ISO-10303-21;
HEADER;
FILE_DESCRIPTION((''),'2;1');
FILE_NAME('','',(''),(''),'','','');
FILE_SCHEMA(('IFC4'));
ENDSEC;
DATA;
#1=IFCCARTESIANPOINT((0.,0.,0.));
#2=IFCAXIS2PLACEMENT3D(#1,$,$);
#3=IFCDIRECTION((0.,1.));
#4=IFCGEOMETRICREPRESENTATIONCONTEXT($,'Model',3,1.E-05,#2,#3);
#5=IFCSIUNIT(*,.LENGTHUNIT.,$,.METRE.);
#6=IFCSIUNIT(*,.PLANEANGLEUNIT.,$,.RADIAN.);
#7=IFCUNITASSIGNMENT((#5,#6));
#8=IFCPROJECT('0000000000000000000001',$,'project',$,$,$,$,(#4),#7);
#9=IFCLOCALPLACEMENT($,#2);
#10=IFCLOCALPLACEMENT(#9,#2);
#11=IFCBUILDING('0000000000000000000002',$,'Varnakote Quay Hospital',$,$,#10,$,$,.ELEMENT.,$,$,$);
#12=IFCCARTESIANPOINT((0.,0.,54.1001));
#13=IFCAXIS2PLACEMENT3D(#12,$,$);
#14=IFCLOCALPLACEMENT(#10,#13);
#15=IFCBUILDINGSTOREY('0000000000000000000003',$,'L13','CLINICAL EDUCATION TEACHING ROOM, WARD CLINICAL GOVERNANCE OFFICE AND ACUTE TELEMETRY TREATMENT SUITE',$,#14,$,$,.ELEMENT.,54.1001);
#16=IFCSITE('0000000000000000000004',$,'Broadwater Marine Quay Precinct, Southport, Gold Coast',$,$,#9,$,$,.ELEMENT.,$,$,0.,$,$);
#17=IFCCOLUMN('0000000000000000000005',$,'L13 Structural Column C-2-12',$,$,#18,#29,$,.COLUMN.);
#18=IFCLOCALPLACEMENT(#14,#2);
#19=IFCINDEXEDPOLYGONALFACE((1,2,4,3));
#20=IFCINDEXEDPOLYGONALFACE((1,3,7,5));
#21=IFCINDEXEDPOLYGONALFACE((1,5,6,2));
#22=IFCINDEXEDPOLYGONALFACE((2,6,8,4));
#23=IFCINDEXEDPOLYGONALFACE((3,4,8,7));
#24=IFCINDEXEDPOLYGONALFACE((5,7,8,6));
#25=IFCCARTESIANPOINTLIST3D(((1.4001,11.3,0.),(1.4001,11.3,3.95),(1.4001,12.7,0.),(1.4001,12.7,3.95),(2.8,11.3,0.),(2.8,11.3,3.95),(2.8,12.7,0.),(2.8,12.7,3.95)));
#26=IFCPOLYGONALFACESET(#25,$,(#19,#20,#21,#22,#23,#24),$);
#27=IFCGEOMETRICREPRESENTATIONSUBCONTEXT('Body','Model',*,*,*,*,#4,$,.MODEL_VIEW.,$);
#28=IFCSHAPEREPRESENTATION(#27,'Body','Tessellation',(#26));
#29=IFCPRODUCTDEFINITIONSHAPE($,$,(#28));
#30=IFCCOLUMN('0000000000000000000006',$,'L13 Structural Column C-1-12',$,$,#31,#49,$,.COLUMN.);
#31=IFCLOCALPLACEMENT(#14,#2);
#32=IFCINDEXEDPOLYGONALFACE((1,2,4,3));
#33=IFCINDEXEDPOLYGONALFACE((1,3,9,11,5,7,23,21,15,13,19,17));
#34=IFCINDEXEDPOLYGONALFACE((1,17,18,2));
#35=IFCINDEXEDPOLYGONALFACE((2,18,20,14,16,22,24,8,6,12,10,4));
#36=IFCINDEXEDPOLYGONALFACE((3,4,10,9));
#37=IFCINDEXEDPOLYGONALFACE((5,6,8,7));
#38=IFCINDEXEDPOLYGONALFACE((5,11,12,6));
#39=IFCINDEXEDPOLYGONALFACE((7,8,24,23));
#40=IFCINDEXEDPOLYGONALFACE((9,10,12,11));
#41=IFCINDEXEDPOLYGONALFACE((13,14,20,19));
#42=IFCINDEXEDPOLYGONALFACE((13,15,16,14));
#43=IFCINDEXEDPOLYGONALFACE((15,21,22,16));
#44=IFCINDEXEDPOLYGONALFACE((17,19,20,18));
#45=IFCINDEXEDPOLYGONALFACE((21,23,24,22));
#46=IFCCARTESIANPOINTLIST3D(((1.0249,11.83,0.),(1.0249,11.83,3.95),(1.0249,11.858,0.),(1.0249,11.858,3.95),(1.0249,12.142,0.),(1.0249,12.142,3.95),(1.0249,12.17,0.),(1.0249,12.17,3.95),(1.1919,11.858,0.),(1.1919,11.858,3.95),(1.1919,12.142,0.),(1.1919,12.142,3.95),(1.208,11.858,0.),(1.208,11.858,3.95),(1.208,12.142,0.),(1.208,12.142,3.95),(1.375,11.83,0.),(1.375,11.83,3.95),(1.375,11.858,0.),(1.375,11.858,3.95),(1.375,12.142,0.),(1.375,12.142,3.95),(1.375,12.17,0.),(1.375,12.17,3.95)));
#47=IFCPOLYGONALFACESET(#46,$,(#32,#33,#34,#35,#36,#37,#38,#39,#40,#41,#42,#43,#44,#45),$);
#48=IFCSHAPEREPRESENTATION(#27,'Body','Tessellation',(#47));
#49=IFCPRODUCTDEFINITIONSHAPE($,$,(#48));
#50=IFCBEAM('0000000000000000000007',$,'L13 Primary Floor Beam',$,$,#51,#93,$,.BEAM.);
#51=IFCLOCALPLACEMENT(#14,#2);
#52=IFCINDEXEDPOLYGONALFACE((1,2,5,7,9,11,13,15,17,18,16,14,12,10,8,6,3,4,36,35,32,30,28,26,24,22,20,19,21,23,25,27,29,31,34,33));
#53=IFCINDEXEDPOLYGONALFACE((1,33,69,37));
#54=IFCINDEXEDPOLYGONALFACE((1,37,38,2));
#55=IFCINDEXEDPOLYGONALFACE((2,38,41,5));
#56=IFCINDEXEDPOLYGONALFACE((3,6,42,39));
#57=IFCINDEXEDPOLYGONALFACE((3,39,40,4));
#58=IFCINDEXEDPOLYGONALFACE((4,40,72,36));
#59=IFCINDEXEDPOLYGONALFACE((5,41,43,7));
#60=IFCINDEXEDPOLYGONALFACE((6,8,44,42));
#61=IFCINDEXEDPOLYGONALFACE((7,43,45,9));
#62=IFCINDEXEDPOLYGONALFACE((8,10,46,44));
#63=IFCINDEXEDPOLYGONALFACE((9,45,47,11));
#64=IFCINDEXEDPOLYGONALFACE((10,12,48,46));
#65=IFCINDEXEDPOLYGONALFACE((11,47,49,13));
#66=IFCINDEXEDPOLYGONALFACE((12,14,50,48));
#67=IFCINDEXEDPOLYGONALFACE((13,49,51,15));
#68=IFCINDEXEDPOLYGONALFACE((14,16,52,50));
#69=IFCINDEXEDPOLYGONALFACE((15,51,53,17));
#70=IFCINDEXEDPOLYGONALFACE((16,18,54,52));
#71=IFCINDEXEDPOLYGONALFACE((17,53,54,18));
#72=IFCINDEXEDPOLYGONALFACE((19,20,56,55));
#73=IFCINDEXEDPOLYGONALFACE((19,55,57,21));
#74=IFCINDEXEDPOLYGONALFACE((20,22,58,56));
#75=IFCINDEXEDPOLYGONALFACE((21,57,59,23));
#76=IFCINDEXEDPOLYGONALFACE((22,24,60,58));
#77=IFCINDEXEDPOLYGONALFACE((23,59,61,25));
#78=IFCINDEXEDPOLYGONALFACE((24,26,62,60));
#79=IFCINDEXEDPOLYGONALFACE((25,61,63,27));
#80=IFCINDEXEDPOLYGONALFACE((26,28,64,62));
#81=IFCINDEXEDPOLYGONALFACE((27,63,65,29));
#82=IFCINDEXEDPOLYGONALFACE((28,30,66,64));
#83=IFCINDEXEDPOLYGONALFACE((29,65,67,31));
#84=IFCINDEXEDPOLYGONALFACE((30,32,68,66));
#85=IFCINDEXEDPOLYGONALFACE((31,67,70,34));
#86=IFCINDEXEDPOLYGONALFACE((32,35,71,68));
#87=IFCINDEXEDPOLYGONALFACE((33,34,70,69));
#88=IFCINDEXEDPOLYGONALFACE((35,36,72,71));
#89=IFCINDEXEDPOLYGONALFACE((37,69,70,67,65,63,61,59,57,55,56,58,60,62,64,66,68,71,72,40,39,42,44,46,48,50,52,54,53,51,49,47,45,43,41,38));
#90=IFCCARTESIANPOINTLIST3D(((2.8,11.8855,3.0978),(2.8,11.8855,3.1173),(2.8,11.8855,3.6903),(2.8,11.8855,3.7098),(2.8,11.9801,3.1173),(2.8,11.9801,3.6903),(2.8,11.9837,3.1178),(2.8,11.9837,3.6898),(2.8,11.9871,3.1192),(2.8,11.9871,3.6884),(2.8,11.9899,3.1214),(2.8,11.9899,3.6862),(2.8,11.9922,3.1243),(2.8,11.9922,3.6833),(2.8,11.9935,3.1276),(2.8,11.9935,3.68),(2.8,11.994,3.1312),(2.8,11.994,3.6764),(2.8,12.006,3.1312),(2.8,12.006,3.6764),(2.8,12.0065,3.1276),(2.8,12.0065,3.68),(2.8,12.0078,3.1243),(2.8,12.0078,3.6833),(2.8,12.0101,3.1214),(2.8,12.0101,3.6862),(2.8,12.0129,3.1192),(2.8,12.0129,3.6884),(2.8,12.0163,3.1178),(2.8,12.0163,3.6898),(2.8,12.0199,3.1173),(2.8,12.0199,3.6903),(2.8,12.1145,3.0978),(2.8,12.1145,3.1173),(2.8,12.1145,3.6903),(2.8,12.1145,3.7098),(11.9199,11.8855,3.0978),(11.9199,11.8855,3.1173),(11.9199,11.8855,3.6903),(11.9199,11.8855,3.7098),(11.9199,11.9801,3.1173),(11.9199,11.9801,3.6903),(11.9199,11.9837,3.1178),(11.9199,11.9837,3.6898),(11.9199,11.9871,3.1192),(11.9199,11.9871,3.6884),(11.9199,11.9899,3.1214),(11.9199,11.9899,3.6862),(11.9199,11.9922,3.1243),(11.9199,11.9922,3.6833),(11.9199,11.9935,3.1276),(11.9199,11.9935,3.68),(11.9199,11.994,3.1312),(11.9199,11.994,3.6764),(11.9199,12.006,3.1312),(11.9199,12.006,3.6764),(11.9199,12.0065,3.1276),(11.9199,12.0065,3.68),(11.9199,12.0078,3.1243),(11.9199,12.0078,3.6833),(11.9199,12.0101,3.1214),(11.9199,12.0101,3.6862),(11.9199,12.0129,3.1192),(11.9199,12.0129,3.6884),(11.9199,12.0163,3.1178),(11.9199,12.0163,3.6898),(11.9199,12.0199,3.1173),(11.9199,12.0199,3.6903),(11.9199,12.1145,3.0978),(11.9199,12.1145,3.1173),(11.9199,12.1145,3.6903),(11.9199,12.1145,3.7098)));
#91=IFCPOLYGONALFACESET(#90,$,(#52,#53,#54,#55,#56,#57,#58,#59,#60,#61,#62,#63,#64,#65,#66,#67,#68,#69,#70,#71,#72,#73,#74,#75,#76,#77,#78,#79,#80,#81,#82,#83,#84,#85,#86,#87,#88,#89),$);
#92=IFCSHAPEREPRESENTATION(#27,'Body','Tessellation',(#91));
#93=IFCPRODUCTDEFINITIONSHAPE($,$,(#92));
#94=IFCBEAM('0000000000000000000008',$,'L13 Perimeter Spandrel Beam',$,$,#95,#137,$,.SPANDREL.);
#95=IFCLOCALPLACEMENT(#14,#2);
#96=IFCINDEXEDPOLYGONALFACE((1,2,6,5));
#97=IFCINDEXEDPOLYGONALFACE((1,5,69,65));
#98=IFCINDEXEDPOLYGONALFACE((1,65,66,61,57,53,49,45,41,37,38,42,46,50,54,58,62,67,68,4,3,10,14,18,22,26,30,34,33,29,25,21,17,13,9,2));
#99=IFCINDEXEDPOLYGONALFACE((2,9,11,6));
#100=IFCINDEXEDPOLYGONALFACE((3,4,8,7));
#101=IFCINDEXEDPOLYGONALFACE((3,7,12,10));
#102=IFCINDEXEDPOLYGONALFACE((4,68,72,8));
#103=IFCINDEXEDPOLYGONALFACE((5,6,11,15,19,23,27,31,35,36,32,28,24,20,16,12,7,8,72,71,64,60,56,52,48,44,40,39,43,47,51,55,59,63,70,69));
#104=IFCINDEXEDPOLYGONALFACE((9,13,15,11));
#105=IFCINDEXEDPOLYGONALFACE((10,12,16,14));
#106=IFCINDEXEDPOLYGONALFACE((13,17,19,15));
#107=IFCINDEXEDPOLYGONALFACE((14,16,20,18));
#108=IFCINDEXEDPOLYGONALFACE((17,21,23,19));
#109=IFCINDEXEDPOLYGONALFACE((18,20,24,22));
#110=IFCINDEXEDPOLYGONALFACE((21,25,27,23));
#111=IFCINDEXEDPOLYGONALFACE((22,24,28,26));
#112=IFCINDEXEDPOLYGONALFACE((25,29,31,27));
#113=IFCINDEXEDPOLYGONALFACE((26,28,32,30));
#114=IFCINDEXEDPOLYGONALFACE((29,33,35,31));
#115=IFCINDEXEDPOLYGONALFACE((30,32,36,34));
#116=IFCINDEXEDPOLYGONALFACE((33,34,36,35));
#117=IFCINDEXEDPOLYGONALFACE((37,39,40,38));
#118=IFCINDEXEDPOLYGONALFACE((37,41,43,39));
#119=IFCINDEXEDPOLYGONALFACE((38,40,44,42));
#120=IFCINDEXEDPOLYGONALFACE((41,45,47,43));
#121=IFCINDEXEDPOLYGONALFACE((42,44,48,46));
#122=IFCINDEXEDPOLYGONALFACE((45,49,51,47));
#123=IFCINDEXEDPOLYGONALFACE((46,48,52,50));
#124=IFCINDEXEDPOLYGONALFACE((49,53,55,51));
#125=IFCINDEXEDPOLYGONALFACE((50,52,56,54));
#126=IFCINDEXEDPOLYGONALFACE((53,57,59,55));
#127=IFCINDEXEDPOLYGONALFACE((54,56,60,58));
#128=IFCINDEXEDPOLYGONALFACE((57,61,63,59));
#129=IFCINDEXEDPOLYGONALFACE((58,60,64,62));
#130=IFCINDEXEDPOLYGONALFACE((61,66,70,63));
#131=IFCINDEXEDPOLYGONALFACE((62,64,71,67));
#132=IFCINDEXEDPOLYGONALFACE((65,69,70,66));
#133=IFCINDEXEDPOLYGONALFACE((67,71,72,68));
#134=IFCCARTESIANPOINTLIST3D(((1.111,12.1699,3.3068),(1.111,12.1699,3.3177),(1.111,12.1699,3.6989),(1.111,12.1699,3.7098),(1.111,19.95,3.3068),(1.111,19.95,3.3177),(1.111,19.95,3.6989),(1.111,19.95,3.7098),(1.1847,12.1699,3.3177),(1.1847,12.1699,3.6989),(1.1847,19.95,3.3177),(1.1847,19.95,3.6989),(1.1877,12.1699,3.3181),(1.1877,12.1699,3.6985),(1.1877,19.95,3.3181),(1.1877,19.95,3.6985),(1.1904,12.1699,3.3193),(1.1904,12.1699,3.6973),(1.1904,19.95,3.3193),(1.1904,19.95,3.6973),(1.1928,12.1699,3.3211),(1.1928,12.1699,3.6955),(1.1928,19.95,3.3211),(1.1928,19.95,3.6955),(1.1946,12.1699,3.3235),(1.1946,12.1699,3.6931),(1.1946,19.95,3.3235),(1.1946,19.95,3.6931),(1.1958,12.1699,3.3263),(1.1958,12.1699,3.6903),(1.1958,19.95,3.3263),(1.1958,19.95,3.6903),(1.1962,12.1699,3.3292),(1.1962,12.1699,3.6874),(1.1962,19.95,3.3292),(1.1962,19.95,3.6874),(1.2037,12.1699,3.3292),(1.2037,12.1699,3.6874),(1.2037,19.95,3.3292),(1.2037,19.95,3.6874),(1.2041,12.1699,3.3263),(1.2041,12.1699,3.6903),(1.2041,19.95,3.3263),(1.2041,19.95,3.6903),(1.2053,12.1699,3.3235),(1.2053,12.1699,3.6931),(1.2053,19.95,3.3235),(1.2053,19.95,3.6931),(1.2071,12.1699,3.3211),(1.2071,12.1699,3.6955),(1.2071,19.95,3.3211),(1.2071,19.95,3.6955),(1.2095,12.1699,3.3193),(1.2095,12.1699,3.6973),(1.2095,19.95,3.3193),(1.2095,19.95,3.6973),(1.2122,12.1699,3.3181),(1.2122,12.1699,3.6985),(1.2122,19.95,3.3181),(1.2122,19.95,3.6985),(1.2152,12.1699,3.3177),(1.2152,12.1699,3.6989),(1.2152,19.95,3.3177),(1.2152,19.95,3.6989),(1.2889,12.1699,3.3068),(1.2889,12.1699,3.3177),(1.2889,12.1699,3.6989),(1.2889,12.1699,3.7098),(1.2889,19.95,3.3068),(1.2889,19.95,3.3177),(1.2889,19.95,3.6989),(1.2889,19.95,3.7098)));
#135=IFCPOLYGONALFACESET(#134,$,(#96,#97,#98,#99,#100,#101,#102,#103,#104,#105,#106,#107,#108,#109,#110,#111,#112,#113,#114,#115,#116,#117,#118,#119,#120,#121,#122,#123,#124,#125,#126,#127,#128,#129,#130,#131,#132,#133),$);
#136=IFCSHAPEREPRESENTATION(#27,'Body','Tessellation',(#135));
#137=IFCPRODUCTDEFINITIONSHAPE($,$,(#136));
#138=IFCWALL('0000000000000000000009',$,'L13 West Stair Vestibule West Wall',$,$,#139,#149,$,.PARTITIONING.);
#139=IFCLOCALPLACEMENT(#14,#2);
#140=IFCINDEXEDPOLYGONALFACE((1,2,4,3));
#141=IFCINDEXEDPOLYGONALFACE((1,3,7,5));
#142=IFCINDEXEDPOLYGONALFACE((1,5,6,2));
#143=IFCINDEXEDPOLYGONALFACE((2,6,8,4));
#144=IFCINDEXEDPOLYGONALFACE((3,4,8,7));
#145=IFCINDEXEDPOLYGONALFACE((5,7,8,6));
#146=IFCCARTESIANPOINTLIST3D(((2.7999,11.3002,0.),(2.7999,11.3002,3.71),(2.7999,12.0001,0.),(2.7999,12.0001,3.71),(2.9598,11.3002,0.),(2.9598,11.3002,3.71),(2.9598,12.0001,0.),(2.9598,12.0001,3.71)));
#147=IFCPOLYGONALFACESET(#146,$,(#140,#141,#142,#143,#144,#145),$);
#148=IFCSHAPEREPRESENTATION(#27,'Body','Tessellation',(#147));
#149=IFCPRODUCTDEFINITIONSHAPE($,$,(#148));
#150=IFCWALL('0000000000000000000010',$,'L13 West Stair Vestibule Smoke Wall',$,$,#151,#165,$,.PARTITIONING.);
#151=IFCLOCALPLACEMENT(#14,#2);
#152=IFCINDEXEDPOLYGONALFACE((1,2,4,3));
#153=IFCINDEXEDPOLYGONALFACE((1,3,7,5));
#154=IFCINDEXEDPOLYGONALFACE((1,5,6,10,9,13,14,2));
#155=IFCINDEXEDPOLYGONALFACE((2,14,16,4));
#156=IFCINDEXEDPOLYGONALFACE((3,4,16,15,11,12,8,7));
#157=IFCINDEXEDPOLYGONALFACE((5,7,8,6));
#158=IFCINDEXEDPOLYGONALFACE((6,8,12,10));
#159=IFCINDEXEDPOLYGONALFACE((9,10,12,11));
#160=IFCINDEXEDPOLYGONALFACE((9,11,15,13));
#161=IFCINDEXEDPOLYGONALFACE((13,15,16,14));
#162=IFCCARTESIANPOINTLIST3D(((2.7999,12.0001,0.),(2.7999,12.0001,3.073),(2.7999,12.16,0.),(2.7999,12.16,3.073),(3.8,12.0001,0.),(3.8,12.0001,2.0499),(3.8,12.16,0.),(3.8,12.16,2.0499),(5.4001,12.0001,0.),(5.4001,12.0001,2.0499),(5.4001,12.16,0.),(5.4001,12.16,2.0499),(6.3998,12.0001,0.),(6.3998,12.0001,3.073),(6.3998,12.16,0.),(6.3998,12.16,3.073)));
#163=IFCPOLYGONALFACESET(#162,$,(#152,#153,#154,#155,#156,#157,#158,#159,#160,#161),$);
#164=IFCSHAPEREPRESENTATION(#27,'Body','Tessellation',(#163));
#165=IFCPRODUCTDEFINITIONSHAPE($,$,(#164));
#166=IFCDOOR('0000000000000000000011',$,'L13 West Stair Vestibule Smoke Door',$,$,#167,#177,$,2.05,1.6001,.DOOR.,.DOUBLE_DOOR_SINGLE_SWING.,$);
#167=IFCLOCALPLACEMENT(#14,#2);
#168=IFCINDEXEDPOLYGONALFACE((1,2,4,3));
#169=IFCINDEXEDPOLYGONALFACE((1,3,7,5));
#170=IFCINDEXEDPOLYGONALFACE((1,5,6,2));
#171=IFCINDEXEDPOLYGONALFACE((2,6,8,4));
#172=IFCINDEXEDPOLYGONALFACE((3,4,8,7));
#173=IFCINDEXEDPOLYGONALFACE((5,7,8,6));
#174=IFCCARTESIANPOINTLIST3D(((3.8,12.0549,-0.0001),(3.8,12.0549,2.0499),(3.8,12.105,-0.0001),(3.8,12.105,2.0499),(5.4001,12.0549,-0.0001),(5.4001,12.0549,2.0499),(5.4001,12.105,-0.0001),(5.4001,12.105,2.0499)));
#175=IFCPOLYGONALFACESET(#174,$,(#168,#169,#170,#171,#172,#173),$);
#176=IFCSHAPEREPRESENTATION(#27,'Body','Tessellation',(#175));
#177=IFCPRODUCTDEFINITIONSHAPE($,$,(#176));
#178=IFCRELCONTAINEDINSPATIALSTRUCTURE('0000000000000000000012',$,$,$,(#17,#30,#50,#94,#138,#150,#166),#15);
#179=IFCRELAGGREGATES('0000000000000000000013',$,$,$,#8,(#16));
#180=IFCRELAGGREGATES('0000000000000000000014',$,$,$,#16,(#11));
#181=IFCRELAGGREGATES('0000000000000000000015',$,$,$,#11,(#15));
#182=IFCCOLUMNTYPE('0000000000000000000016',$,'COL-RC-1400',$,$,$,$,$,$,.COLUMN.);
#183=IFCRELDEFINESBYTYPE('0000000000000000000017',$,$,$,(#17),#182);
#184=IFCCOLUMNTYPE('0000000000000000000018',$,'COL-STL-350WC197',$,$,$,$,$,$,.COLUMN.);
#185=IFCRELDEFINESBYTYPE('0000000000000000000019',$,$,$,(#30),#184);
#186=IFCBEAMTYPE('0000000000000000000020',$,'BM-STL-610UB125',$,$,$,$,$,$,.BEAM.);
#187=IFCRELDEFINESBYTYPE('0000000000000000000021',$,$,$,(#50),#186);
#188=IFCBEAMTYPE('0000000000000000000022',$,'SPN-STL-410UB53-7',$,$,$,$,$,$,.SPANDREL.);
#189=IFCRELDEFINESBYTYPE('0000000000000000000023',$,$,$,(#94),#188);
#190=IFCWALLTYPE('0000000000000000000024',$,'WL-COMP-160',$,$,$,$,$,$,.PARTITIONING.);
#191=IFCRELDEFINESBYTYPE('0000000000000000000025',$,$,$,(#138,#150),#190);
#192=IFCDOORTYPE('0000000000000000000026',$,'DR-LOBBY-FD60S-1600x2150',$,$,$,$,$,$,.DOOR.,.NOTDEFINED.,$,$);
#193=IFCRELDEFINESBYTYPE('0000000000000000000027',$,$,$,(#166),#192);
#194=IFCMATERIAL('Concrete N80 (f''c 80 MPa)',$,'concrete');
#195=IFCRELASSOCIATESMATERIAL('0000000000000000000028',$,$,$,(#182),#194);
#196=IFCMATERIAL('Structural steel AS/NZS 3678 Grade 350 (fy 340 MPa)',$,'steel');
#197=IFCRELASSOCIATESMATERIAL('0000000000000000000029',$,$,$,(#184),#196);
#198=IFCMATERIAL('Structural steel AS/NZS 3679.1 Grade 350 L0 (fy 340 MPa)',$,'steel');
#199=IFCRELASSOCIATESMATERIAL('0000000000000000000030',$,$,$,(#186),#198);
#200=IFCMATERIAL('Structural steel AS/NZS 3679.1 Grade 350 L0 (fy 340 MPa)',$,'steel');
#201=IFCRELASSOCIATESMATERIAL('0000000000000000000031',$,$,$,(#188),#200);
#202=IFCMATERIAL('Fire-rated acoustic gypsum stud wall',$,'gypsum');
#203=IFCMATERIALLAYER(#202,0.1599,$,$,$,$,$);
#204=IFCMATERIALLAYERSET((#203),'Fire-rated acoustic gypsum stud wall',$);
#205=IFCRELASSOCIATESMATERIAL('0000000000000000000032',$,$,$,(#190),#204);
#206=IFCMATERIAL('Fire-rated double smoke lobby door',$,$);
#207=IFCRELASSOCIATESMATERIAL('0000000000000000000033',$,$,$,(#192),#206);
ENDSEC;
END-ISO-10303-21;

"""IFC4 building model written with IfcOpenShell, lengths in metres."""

from ifc_helpers import new_model, si_unit, direction, frame, frame_2d, origin, origin_2d, place, context, subcontext, project, spatial, rectangle, i_section, extrude, material, layer, layer_set, material_profile, profile_set, type_object, element, fill, save


model = new_model("IFC4")

# Units and contexts
model_context = context("Model", 3, precision=1e-05, world=origin(), true_north=direction((0.0, 1.0)))
body_context = subcontext(model_context, "Body", "Model", "MODEL_VIEW")
ifc_project = project(units=[si_unit("LENGTHUNIT", "METRE"), si_unit("PLANEANGLEUNIT", "RADIAN")], contexts=[model_context])

# Site, building, storey
site_placement = place(None, origin())
site = spatial("IfcSite", under=ifc_project, at=site_placement, Name="Broadwater Marine Quay Precinct, Southport, Gold Coast", CompositionType="ELEMENT", RefElevation=0.0)
building_placement = place(site_placement, origin())
building = spatial("IfcBuilding", under=site, at=building_placement, Name="Varnakote Quay Hospital", CompositionType="ELEMENT")
storey_placement = place(building_placement, frame((0.0, 0.0, 54.1001)))
storey = spatial("IfcBuildingStorey", under=building, at=storey_placement, Name="L13", Description="CLINICAL EDUCATION TEACHING ROOM, WARD CLINICAL GOVERNANCE OFFICE AND ACUTE TELEMETRY TREATMENT SUITE", CompositionType="ELEMENT", Elevation=54.1001)

# Columns
ifc_material_1 = material(Name="Concrete N80 (f'c 80 MPa)", Category="concrete")
ifc_material_profile_1 = material_profile(ifc_material_1, rectangle(XDim=1.3999, YDim=1.3999, at=origin_2d()), Name="RC-COL-1400x1400")
ifc_profile_set_1 = profile_set([ifc_material_profile_1], Name="Concrete N80 (f'c 80 MPa)")
column_type_1 = type_object("IfcColumnType", Name="COL-RC-1400", PredefinedType="COLUMN", material=ifc_profile_set_1)
column_1_placement = place(storey_placement, frame((2.1001, 12.0, 0.0), z_axis=(0.0, 0.0, 1.0), x_axis=(1.0, 0.0, 0.0)))
element("IfcColumn", 1, at=column_1_placement, inside=storey, type_object=column_type_1, Name="L13 Structural Column C-2-12", PredefinedType="COLUMN", context=body_context, shape_type="SweptSolid", body=[
    extrude(rectangle(XDim=1.3999, YDim=1.3999, at=origin_2d()), origin(), (0.0, 0.0, 1.0), 3.95),
])
ifc_material_2 = material(Name="Structural steel AS/NZS 3678 Grade 350 (fy 340 MPa)", Category="steel")
ifc_material_profile_2 = material_profile(ifc_material_2, i_section(OverallWidth=0.3501, OverallDepth=0.3401, WebThickness=0.0161, FlangeThickness=0.0281, at=origin_2d()), Name="350WC197")
ifc_profile_set_2 = profile_set([ifc_material_profile_2], Name="Structural steel AS/NZS 3678 Grade 350 (fy 340 MPa)")
column_type_2 = type_object("IfcColumnType", Name="COL-STL-350WC197", PredefinedType="COLUMN", material=ifc_profile_set_2)
column_2_placement = place(storey_placement, frame((1.2, 12.0, 0.0), z_axis=(0.0, 0.0, 1.0), x_axis=(1.0, 0.0, 0.0)))
element("IfcColumn", 2, at=column_2_placement, inside=storey, type_object=column_type_2, Name="L13 Structural Column C-1-12", PredefinedType="COLUMN", context=body_context, shape_type="SweptSolid", body=[
    extrude(i_section(OverallWidth=0.3501, OverallDepth=0.3401, WebThickness=0.0161, FlangeThickness=0.0281, at=origin_2d()), origin(), (0.0, 0.0, 1.0), 3.95),
])

# Beams
ifc_material_3 = material(Name="Structural steel AS/NZS 3679.1 Grade 350 L0 (fy 340 MPa)", Category="steel")
ifc_material_profile_3 = material_profile(ifc_material_3, i_section(OverallWidth=0.229, OverallDepth=0.6121, WebThickness=0.012, FlangeThickness=0.0195, FilletRadius=0.0139, at=origin_2d()), Name="610UB125")
ifc_profile_set_3 = profile_set([ifc_material_profile_3], Name="Structural steel AS/NZS 3679.1 Grade 350 L0 (fy 340 MPa)")
beam_type_1 = type_object("IfcBeamType", Name="BM-STL-610UB125", PredefinedType="BEAM", material=ifc_profile_set_3)
beam_1_placement = place(storey_placement, frame((2.8, 12.0, 3.4038), z_axis=(1.0, 0.0, 0.0), x_axis=(0.0, 1.0, 0.0)))
element("IfcBeam", 3, at=beam_1_placement, inside=storey, type_object=beam_type_1, Name="L13 Primary Floor Beam", PredefinedType="BEAM", context=body_context, shape_type="SweptSolid", body=[
    extrude(i_section(OverallWidth=0.229, OverallDepth=0.6121, WebThickness=0.012, FlangeThickness=0.0195, FilletRadius=0.0139, at=origin_2d()), origin(), (0.0, 0.0, 1.0), 9.1199),
])
ifc_material_4 = material(Name="Structural steel AS/NZS 3679.1 Grade 350 L0 (fy 340 MPa)", Category="steel")
ifc_material_profile_4 = material_profile(ifc_material_4, i_section(OverallWidth=0.178, OverallDepth=0.4031, WebThickness=0.0076, FlangeThickness=0.011, FilletRadius=0.0115, at=origin_2d()), Name="410UB53.7")
ifc_profile_set_4 = profile_set([ifc_material_profile_4], Name="Structural steel AS/NZS 3679.1 Grade 350 L0 (fy 340 MPa)")
beam_type_2 = type_object("IfcBeamType", Name="SPN-STL-410UB53-7", PredefinedType="SPANDREL", material=ifc_profile_set_4)
beam_2_placement = place(storey_placement, frame((1.2, 12.1699, 3.5083), z_axis=(0.0, 1.0, 0.0), x_axis=(-1.0, 0.0, 0.0)))
element("IfcBeam", 4, at=beam_2_placement, inside=storey, type_object=beam_type_2, Name="L13 Perimeter Spandrel Beam", PredefinedType="SPANDREL", context=body_context, shape_type="SweptSolid", body=[
    extrude(i_section(OverallWidth=0.178, OverallDepth=0.4031, WebThickness=0.0076, FlangeThickness=0.011, FilletRadius=0.0115, at=origin_2d()), origin(), (0.0, 0.0, 1.0), 7.78),
])

# Wall
ifc_material_5 = material(Name="Fire-rated acoustic gypsum stud wall", Category="gypsum")
ifc_layer_1 = layer(ifc_material_5, 0.1599)
ifc_layer_set_1 = layer_set([ifc_layer_1], Name="Fire-rated acoustic gypsum stud wall")
wall_type_1 = type_object("IfcWallType", Name="WL-COMP-160", PredefinedType="PARTITIONING", material=ifc_layer_set_1)
wall_1_placement = place(storey_placement, frame((2.8799, 11.3, 0.0), z_axis=(0.0, 0.0, 1.0), x_axis=(0.0, 1.0, 0.0)))
element("IfcWall", 5, at=wall_1_placement, inside=storey, type_object=wall_type_1, Name="L13 West Stair Vestibule West Wall", PredefinedType="PARTITIONING", context=body_context, shape_type="SweptSolid", body=[
    extrude(rectangle(XDim=0.7, YDim=0.1599, at=frame_2d((0.3501, 0.0))), origin(), (0.0, 0.0, 1.0), 3.71),
])

# Wall, opening, door
wall_2_placement = place(storey_placement, frame((2.8, 12.0801, 0.0), z_axis=(0.0, 0.0, 1.0), x_axis=(1.0, 0.0, 0.0)))
wall_2 = element("IfcWall", 6, at=wall_2_placement, inside=storey, type_object=wall_type_1, Name="L13 West Stair Vestibule Smoke Wall", PredefinedType="PARTITIONING", context=body_context, shape_type="SweptSolid", body=[
    extrude(rectangle(XDim=3.5999, YDim=0.1599, at=frame_2d((1.7998, 0.0))), origin(), (0.0, 0.0, 1.0), 3.073),
])
opening_1_placement = place(wall_2_placement, frame((1.0, 0.0, 0.0)))
opening_1 = element("IfcOpeningElement", 7, at=opening_1_placement, cuts=wall_2, PredefinedType="OPENING", context=body_context, shape_type="SweptSolid", body=[
    extrude(rectangle(XDim=1.6001, YDim=2.05, at=frame_2d((0.8, 1.0249))), frame((0.0, 0.0898, 0.0), z_axis=(0.0, -1.0, 0.0), x_axis=(1.0, 0.0, 0.0)), (0.0, 0.0, 1.0), 0.1799),
])
ifc_material_6 = material(Name="Fire-rated double smoke lobby door")
door_type_1 = type_object("IfcDoorType", Name="DR-LOBBY-FD60S-1600x2150", OperationType="NOTDEFINED", PredefinedType="DOOR", material=ifc_material_6)
door_1_placement = place(opening_1_placement, origin())
door_1 = element("IfcDoor", 8, at=door_1_placement, inside=storey, type_object=door_type_1, Name="L13 West Stair Vestibule Smoke Door", OperationType="DOUBLE_DOOR_SINGLE_SWING", OverallHeight=2.05, OverallWidth=1.6001, PredefinedType="DOOR", context=body_context, shape_type="SweptSolid", body=[
    extrude(rectangle(XDim=1.6001, YDim=2.05, at=frame_2d((0.8, 1.0249))), frame((0.0, 0.0249, 0.0), z_axis=(0.0, -1.0, 0.0), x_axis=(1.0, 0.0, 0.0)), (0.0, 0.0, 1.0), 0.05),
])
fill(opening_1, door_1)

save(model, "model.ifc")
